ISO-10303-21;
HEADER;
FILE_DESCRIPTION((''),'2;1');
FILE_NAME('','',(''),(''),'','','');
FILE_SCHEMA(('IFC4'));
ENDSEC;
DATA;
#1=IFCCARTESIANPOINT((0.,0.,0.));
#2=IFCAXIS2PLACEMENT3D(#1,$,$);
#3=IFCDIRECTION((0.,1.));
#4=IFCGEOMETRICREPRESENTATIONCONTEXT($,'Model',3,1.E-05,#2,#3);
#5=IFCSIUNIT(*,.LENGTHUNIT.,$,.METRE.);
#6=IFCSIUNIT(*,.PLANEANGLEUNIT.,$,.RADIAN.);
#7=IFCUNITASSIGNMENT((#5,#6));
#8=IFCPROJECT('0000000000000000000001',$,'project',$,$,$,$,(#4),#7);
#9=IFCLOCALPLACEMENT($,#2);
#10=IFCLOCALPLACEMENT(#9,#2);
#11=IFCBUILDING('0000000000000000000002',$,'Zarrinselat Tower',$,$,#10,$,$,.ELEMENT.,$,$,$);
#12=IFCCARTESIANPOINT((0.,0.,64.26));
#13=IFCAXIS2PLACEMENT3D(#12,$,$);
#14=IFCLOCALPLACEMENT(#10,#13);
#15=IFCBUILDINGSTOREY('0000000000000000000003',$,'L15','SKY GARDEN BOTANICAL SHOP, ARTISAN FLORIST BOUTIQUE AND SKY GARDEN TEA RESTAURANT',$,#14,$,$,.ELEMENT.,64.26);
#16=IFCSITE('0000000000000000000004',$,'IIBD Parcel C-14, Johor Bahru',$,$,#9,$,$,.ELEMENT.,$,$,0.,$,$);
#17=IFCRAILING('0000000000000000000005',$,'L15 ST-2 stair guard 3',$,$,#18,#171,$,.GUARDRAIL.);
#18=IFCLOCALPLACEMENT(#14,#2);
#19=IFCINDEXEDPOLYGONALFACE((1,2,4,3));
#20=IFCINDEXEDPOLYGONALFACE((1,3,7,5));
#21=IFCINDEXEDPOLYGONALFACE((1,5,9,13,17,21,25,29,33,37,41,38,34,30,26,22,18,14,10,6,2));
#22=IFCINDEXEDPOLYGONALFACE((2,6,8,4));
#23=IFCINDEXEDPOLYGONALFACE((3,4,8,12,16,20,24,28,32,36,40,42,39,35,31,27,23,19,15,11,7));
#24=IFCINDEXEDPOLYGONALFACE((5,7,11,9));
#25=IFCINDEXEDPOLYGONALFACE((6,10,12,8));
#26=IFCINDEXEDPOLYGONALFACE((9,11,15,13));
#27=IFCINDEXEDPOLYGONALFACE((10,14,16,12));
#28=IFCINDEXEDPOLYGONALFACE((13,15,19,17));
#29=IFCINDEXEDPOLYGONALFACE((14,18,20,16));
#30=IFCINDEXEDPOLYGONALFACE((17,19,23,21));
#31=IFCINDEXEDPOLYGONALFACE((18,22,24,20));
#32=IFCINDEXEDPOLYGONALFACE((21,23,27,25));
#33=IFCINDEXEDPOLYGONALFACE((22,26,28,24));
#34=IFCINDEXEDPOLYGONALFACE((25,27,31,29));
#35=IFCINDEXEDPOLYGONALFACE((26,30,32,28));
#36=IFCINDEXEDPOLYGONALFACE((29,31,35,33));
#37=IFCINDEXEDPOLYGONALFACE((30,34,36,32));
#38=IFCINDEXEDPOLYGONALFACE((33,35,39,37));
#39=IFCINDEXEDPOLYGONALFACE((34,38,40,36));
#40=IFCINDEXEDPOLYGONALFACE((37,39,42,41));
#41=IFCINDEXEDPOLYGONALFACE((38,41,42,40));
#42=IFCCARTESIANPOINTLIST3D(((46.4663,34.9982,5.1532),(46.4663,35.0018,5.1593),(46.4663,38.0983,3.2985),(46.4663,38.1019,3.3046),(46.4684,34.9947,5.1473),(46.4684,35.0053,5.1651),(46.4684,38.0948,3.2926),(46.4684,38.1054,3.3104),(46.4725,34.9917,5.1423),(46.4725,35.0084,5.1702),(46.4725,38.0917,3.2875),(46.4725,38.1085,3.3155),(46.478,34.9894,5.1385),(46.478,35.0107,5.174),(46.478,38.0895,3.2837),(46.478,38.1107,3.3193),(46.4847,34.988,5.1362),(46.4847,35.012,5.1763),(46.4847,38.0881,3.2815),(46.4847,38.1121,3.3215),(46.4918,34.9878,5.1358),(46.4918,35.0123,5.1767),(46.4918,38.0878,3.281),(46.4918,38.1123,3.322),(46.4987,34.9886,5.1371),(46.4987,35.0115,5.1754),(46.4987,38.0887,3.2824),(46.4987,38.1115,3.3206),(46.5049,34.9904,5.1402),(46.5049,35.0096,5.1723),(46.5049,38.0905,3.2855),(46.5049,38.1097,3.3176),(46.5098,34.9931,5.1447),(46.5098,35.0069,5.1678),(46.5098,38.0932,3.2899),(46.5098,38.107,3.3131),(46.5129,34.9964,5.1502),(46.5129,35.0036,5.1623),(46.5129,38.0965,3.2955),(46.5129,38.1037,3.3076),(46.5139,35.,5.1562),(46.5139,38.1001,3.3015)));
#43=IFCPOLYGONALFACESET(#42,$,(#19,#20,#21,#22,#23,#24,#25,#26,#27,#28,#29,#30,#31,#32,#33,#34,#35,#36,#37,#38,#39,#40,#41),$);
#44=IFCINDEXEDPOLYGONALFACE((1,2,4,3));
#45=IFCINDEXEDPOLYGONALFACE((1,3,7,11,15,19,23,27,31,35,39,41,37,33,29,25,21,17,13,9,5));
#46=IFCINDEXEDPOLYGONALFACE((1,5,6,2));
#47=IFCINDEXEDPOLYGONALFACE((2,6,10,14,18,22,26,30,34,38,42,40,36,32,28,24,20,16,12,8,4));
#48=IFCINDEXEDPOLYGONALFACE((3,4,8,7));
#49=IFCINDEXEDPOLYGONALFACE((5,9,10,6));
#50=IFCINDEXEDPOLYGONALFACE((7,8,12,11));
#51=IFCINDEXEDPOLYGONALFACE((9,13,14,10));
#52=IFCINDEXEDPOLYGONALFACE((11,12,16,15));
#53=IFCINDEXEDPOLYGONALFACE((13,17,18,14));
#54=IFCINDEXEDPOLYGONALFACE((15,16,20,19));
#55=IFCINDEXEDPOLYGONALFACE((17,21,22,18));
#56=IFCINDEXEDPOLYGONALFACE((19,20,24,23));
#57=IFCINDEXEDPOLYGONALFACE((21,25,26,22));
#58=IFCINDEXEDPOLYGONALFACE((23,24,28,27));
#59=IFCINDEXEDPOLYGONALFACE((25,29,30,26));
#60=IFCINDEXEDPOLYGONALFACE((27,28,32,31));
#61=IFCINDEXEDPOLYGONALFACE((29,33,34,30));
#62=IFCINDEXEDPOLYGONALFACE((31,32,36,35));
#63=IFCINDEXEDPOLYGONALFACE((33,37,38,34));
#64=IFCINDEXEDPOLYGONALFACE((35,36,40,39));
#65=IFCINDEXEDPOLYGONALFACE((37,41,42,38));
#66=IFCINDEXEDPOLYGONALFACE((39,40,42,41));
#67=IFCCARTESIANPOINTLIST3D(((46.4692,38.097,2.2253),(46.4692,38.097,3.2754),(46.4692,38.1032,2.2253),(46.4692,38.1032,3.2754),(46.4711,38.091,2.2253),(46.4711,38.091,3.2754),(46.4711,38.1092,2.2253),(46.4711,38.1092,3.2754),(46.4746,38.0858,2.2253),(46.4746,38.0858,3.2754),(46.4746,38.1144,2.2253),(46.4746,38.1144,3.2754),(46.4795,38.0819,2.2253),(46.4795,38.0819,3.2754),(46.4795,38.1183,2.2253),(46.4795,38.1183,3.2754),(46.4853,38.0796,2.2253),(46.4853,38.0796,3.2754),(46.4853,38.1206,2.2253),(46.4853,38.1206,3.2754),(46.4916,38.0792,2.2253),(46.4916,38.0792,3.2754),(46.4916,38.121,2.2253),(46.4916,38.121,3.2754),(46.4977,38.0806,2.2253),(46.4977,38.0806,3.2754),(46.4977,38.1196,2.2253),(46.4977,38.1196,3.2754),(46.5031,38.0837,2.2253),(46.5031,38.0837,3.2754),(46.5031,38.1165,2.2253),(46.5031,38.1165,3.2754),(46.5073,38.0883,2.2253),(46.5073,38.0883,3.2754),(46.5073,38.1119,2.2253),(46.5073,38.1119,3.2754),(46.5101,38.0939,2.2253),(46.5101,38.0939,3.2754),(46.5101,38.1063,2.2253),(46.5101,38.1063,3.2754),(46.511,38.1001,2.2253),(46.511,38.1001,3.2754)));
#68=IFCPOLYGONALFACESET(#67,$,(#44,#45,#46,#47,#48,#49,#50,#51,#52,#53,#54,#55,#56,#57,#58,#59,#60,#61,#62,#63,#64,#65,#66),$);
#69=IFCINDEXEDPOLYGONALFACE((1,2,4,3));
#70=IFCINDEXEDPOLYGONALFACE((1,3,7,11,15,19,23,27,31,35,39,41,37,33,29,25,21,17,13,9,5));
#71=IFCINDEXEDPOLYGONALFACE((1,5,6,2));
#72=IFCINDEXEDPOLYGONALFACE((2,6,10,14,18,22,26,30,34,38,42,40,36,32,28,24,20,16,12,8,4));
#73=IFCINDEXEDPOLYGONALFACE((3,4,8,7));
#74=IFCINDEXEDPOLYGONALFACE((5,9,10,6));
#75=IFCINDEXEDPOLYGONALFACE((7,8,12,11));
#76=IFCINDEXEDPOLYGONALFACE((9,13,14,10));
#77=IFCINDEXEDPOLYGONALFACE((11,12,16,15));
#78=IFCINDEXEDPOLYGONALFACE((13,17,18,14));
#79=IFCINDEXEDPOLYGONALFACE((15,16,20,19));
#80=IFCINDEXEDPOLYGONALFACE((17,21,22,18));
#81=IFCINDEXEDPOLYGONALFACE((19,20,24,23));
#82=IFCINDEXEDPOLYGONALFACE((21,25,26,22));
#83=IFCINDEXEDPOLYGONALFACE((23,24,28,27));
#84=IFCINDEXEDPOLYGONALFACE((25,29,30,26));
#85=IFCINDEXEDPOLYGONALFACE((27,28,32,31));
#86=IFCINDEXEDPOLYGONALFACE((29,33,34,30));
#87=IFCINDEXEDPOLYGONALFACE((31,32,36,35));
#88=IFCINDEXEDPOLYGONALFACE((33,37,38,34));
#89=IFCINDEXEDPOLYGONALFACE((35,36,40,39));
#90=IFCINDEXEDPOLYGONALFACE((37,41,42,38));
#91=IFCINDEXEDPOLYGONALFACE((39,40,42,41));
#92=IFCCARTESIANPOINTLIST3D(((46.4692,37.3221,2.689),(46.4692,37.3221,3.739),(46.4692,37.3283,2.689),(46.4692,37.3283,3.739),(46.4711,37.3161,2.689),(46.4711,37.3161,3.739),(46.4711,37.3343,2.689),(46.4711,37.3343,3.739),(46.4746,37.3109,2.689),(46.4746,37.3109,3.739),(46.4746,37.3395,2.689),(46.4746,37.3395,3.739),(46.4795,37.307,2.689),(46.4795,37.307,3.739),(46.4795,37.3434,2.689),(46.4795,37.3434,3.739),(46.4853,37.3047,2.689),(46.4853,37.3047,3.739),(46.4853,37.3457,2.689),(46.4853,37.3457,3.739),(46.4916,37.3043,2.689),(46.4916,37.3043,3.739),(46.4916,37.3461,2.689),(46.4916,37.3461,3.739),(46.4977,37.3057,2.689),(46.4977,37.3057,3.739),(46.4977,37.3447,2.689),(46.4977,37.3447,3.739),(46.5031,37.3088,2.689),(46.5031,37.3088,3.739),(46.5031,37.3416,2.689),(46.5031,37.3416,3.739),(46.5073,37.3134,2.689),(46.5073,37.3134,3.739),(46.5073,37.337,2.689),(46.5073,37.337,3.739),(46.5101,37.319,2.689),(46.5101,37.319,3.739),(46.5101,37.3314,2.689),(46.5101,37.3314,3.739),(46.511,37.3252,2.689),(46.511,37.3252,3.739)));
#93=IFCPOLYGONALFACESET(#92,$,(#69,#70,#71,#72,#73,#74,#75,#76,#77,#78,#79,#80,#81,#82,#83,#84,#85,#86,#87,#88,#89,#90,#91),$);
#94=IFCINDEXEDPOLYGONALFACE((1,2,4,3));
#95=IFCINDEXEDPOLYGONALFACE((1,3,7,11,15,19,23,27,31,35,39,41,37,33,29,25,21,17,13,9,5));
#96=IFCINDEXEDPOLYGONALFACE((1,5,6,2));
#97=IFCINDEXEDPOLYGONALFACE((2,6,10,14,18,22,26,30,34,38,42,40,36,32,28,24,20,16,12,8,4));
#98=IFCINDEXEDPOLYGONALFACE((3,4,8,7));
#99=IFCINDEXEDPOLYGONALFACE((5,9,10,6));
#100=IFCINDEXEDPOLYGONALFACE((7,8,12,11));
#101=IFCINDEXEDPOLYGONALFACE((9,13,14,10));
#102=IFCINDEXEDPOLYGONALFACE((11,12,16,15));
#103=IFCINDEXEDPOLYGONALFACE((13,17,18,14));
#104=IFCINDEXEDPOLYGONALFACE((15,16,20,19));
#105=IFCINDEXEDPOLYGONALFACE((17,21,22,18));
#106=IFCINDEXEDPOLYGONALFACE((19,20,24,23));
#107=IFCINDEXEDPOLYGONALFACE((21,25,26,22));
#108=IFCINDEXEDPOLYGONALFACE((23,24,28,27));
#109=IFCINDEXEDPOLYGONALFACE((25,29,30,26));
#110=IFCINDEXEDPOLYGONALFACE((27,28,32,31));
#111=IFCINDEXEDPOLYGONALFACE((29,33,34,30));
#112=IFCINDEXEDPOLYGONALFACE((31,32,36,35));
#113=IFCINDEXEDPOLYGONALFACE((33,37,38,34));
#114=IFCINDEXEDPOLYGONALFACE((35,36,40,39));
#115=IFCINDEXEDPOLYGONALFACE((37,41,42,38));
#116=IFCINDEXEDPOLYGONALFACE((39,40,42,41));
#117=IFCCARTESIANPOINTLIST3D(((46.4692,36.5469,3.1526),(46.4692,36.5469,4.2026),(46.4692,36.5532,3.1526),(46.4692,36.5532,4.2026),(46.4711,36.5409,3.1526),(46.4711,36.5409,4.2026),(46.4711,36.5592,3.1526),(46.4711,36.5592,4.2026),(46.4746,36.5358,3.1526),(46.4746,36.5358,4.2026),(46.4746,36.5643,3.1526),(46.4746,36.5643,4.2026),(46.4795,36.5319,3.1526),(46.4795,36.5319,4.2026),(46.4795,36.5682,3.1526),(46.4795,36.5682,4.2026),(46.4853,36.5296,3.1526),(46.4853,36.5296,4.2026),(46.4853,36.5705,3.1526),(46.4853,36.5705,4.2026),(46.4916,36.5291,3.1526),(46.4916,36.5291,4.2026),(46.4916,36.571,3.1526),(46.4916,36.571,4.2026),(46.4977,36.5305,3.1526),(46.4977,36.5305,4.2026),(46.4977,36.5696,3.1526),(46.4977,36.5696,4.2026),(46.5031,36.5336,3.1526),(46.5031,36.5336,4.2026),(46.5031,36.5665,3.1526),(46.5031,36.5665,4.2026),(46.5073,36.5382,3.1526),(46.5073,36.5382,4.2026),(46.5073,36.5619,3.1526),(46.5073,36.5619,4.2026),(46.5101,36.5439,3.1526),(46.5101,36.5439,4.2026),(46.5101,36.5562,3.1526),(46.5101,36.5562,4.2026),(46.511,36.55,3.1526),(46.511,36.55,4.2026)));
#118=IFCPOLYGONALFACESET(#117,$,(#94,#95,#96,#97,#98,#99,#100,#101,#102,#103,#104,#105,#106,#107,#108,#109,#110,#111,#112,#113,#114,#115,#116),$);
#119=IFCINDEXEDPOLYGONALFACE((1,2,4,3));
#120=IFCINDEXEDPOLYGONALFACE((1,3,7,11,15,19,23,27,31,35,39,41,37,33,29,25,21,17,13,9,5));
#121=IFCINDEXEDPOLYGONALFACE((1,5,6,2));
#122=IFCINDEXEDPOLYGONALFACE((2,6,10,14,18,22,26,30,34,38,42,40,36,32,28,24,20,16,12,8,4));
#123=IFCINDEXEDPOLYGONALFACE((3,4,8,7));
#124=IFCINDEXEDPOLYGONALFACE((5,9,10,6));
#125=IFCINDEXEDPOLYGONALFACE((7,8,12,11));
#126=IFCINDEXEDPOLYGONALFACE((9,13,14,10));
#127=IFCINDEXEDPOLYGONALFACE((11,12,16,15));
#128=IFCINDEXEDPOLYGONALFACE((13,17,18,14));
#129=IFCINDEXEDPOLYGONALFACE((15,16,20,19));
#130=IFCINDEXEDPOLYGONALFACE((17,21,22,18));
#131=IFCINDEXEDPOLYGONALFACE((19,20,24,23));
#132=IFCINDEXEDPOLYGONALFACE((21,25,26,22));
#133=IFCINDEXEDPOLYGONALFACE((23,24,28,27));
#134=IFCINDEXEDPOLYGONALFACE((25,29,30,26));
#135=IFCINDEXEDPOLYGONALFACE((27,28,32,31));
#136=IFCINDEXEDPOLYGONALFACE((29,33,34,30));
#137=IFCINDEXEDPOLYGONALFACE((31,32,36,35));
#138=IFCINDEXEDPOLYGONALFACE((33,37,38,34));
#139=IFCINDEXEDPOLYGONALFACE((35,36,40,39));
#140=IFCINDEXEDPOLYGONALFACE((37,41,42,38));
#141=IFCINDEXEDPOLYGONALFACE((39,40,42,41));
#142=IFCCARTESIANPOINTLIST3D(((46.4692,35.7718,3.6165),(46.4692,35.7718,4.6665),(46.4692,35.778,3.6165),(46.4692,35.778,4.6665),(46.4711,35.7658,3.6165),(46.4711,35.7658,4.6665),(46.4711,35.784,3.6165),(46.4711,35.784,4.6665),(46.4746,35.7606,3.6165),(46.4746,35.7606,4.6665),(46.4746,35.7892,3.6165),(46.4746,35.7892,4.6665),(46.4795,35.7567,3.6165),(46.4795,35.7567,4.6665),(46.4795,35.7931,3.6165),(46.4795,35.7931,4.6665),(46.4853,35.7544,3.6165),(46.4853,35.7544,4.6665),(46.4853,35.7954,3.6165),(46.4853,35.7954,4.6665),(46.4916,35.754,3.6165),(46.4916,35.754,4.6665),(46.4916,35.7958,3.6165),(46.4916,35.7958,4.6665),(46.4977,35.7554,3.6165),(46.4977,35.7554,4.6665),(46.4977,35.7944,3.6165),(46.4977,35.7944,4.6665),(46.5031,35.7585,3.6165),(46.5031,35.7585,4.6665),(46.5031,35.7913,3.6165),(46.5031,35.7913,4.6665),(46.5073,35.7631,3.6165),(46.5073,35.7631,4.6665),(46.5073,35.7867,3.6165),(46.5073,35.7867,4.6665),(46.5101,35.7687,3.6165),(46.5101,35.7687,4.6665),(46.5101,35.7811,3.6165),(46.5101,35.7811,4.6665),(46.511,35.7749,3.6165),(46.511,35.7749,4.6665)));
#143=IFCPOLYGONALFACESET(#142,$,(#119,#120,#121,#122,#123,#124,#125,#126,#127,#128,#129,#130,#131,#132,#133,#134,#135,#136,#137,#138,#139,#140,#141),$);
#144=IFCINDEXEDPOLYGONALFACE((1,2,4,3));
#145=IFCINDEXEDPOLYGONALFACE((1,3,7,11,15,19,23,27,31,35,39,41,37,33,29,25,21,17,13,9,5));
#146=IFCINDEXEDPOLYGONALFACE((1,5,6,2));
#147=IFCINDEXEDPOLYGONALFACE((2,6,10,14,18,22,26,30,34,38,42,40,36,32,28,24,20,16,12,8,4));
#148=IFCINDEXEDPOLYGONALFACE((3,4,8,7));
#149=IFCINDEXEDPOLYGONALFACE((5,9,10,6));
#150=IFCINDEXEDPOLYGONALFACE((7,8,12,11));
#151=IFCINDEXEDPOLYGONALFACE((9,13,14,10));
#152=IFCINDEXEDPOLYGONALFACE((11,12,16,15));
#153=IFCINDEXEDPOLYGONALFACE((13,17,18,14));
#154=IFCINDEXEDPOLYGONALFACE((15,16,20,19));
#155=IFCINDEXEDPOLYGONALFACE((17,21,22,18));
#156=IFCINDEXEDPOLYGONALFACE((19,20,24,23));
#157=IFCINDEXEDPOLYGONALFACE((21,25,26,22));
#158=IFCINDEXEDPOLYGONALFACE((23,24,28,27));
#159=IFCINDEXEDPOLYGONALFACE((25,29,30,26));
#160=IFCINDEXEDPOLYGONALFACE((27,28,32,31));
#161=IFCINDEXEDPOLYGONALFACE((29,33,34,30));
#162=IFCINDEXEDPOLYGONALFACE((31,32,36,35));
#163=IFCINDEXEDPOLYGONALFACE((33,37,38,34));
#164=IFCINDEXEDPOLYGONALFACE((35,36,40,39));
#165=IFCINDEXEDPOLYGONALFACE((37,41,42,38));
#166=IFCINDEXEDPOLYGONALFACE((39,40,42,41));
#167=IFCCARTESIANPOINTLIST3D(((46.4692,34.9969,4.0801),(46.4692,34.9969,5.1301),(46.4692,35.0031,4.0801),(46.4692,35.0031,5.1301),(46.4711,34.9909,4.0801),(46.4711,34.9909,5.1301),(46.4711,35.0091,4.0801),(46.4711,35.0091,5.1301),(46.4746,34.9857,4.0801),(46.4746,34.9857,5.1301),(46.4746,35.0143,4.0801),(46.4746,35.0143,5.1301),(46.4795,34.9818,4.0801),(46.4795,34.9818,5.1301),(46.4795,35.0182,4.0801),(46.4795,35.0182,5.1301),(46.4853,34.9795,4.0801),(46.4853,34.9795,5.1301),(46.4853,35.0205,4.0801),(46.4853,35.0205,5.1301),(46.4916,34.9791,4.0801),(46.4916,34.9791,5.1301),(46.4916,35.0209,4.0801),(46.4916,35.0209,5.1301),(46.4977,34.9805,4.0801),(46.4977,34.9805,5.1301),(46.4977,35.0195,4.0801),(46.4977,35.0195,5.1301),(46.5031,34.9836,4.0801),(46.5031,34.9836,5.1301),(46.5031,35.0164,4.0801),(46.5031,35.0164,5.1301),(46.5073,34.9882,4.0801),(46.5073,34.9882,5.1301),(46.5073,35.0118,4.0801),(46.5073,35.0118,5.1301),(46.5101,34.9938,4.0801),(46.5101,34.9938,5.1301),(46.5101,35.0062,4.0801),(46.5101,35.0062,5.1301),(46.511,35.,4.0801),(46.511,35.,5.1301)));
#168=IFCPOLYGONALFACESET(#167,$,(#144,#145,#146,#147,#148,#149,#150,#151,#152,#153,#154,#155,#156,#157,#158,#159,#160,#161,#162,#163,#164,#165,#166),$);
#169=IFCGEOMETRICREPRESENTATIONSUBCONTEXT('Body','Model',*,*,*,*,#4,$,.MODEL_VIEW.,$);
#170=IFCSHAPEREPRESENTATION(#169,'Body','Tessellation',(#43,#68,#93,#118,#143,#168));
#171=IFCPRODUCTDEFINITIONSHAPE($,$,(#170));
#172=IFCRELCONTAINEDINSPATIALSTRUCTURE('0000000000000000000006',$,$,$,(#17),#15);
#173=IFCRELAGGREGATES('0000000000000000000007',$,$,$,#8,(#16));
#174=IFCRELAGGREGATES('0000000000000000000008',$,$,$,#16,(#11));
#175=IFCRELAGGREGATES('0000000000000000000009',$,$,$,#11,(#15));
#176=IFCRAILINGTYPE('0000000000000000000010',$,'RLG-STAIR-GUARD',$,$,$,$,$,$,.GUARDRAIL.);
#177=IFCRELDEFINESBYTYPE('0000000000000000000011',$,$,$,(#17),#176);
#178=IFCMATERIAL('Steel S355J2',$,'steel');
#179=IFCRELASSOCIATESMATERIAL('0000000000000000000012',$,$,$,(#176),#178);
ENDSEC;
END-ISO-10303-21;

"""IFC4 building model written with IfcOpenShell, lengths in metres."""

from ifc_helpers import new_model, si_unit, direction, frame, origin, origin_2d, place, context, subcontext, project, spatial, circle, extrude, material, type_object, element, save


model = new_model("IFC4")

# Units and contexts
model_context = context("Model", 3, precision=1e-05, world=origin(), true_north=direction((0.0, 1.0)))
body_context = subcontext(model_context, "Body", "Model", "MODEL_VIEW")
ifc_project = project(units=[si_unit("LENGTHUNIT", "METRE"), si_unit("PLANEANGLEUNIT", "RADIAN")], contexts=[model_context])

# Site, building, storey
site_placement = place(None, origin())
site = spatial("IfcSite", under=ifc_project, at=site_placement, Name="IIBD Parcel C-14, Johor Bahru", CompositionType="ELEMENT", RefElevation=0.0)
building_placement = place(site_placement, origin())
building = spatial("IfcBuilding", under=site, at=building_placement, Name="Zarrinselat Tower", CompositionType="ELEMENT")
storey_placement = place(building_placement, frame((0.0, 0.0, 64.26)))
storey = spatial("IfcBuildingStorey", under=building, at=storey_placement, Name="L15", Description="SKY GARDEN BOTANICAL SHOP, ARTISAN FLORIST BOUTIQUE AND SKY GARDEN TEA RESTAURANT", CompositionType="ELEMENT", Elevation=64.26)

# Railing
ifc_material_1 = material(Name="Steel S355J2", Category="steel")
railing_type = type_object("IfcRailingType", Name="RLG-STAIR-GUARD", PredefinedType="GUARDRAIL", material=ifc_material_1)
railing_1_placement = place(storey_placement, frame((46.49, 38.1001, 2.2253)))
element("IfcRailing", 1, at=railing_1_placement, inside=storey, type_object=railing_type, Name="L15 ST-2 stair guard 3", PredefinedType="GUARDRAIL", context=body_context, shape_type="SweptSolid", body=[
    extrude(circle(Radius=0.0239, at=origin_2d()), frame((0.0, 0.0, 1.0762), z_axis=(0.0, -0.858142, 0.513412), x_axis=(1.0, 0.0, 0.0)), (0.0, 0.0, 1.0), 3.6125),
    extrude(circle(Radius=0.021, at=origin_2d()), origin(), (0.0, 0.0, 1.0), 1.05),
    extrude(circle(Radius=0.021, at=origin_2d()), frame((0.0, -0.7749, 0.4636)), (0.0, 0.0, 1.0), 1.05),
    extrude(circle(Radius=0.021, at=origin_2d()), frame((0.0, -1.55, 0.9272)), (0.0, 0.0, 1.0), 1.05),
    extrude(circle(Radius=0.021, at=origin_2d()), frame((0.0, -2.3252, 1.3911)), (0.0, 0.0, 1.0), 1.05),
    extrude(circle(Radius=0.021, at=origin_2d()), frame((0.0, -3.1001, 1.8547)), (0.0, 0.0, 1.0), 1.05),
])

save(model, "model.ifc")
